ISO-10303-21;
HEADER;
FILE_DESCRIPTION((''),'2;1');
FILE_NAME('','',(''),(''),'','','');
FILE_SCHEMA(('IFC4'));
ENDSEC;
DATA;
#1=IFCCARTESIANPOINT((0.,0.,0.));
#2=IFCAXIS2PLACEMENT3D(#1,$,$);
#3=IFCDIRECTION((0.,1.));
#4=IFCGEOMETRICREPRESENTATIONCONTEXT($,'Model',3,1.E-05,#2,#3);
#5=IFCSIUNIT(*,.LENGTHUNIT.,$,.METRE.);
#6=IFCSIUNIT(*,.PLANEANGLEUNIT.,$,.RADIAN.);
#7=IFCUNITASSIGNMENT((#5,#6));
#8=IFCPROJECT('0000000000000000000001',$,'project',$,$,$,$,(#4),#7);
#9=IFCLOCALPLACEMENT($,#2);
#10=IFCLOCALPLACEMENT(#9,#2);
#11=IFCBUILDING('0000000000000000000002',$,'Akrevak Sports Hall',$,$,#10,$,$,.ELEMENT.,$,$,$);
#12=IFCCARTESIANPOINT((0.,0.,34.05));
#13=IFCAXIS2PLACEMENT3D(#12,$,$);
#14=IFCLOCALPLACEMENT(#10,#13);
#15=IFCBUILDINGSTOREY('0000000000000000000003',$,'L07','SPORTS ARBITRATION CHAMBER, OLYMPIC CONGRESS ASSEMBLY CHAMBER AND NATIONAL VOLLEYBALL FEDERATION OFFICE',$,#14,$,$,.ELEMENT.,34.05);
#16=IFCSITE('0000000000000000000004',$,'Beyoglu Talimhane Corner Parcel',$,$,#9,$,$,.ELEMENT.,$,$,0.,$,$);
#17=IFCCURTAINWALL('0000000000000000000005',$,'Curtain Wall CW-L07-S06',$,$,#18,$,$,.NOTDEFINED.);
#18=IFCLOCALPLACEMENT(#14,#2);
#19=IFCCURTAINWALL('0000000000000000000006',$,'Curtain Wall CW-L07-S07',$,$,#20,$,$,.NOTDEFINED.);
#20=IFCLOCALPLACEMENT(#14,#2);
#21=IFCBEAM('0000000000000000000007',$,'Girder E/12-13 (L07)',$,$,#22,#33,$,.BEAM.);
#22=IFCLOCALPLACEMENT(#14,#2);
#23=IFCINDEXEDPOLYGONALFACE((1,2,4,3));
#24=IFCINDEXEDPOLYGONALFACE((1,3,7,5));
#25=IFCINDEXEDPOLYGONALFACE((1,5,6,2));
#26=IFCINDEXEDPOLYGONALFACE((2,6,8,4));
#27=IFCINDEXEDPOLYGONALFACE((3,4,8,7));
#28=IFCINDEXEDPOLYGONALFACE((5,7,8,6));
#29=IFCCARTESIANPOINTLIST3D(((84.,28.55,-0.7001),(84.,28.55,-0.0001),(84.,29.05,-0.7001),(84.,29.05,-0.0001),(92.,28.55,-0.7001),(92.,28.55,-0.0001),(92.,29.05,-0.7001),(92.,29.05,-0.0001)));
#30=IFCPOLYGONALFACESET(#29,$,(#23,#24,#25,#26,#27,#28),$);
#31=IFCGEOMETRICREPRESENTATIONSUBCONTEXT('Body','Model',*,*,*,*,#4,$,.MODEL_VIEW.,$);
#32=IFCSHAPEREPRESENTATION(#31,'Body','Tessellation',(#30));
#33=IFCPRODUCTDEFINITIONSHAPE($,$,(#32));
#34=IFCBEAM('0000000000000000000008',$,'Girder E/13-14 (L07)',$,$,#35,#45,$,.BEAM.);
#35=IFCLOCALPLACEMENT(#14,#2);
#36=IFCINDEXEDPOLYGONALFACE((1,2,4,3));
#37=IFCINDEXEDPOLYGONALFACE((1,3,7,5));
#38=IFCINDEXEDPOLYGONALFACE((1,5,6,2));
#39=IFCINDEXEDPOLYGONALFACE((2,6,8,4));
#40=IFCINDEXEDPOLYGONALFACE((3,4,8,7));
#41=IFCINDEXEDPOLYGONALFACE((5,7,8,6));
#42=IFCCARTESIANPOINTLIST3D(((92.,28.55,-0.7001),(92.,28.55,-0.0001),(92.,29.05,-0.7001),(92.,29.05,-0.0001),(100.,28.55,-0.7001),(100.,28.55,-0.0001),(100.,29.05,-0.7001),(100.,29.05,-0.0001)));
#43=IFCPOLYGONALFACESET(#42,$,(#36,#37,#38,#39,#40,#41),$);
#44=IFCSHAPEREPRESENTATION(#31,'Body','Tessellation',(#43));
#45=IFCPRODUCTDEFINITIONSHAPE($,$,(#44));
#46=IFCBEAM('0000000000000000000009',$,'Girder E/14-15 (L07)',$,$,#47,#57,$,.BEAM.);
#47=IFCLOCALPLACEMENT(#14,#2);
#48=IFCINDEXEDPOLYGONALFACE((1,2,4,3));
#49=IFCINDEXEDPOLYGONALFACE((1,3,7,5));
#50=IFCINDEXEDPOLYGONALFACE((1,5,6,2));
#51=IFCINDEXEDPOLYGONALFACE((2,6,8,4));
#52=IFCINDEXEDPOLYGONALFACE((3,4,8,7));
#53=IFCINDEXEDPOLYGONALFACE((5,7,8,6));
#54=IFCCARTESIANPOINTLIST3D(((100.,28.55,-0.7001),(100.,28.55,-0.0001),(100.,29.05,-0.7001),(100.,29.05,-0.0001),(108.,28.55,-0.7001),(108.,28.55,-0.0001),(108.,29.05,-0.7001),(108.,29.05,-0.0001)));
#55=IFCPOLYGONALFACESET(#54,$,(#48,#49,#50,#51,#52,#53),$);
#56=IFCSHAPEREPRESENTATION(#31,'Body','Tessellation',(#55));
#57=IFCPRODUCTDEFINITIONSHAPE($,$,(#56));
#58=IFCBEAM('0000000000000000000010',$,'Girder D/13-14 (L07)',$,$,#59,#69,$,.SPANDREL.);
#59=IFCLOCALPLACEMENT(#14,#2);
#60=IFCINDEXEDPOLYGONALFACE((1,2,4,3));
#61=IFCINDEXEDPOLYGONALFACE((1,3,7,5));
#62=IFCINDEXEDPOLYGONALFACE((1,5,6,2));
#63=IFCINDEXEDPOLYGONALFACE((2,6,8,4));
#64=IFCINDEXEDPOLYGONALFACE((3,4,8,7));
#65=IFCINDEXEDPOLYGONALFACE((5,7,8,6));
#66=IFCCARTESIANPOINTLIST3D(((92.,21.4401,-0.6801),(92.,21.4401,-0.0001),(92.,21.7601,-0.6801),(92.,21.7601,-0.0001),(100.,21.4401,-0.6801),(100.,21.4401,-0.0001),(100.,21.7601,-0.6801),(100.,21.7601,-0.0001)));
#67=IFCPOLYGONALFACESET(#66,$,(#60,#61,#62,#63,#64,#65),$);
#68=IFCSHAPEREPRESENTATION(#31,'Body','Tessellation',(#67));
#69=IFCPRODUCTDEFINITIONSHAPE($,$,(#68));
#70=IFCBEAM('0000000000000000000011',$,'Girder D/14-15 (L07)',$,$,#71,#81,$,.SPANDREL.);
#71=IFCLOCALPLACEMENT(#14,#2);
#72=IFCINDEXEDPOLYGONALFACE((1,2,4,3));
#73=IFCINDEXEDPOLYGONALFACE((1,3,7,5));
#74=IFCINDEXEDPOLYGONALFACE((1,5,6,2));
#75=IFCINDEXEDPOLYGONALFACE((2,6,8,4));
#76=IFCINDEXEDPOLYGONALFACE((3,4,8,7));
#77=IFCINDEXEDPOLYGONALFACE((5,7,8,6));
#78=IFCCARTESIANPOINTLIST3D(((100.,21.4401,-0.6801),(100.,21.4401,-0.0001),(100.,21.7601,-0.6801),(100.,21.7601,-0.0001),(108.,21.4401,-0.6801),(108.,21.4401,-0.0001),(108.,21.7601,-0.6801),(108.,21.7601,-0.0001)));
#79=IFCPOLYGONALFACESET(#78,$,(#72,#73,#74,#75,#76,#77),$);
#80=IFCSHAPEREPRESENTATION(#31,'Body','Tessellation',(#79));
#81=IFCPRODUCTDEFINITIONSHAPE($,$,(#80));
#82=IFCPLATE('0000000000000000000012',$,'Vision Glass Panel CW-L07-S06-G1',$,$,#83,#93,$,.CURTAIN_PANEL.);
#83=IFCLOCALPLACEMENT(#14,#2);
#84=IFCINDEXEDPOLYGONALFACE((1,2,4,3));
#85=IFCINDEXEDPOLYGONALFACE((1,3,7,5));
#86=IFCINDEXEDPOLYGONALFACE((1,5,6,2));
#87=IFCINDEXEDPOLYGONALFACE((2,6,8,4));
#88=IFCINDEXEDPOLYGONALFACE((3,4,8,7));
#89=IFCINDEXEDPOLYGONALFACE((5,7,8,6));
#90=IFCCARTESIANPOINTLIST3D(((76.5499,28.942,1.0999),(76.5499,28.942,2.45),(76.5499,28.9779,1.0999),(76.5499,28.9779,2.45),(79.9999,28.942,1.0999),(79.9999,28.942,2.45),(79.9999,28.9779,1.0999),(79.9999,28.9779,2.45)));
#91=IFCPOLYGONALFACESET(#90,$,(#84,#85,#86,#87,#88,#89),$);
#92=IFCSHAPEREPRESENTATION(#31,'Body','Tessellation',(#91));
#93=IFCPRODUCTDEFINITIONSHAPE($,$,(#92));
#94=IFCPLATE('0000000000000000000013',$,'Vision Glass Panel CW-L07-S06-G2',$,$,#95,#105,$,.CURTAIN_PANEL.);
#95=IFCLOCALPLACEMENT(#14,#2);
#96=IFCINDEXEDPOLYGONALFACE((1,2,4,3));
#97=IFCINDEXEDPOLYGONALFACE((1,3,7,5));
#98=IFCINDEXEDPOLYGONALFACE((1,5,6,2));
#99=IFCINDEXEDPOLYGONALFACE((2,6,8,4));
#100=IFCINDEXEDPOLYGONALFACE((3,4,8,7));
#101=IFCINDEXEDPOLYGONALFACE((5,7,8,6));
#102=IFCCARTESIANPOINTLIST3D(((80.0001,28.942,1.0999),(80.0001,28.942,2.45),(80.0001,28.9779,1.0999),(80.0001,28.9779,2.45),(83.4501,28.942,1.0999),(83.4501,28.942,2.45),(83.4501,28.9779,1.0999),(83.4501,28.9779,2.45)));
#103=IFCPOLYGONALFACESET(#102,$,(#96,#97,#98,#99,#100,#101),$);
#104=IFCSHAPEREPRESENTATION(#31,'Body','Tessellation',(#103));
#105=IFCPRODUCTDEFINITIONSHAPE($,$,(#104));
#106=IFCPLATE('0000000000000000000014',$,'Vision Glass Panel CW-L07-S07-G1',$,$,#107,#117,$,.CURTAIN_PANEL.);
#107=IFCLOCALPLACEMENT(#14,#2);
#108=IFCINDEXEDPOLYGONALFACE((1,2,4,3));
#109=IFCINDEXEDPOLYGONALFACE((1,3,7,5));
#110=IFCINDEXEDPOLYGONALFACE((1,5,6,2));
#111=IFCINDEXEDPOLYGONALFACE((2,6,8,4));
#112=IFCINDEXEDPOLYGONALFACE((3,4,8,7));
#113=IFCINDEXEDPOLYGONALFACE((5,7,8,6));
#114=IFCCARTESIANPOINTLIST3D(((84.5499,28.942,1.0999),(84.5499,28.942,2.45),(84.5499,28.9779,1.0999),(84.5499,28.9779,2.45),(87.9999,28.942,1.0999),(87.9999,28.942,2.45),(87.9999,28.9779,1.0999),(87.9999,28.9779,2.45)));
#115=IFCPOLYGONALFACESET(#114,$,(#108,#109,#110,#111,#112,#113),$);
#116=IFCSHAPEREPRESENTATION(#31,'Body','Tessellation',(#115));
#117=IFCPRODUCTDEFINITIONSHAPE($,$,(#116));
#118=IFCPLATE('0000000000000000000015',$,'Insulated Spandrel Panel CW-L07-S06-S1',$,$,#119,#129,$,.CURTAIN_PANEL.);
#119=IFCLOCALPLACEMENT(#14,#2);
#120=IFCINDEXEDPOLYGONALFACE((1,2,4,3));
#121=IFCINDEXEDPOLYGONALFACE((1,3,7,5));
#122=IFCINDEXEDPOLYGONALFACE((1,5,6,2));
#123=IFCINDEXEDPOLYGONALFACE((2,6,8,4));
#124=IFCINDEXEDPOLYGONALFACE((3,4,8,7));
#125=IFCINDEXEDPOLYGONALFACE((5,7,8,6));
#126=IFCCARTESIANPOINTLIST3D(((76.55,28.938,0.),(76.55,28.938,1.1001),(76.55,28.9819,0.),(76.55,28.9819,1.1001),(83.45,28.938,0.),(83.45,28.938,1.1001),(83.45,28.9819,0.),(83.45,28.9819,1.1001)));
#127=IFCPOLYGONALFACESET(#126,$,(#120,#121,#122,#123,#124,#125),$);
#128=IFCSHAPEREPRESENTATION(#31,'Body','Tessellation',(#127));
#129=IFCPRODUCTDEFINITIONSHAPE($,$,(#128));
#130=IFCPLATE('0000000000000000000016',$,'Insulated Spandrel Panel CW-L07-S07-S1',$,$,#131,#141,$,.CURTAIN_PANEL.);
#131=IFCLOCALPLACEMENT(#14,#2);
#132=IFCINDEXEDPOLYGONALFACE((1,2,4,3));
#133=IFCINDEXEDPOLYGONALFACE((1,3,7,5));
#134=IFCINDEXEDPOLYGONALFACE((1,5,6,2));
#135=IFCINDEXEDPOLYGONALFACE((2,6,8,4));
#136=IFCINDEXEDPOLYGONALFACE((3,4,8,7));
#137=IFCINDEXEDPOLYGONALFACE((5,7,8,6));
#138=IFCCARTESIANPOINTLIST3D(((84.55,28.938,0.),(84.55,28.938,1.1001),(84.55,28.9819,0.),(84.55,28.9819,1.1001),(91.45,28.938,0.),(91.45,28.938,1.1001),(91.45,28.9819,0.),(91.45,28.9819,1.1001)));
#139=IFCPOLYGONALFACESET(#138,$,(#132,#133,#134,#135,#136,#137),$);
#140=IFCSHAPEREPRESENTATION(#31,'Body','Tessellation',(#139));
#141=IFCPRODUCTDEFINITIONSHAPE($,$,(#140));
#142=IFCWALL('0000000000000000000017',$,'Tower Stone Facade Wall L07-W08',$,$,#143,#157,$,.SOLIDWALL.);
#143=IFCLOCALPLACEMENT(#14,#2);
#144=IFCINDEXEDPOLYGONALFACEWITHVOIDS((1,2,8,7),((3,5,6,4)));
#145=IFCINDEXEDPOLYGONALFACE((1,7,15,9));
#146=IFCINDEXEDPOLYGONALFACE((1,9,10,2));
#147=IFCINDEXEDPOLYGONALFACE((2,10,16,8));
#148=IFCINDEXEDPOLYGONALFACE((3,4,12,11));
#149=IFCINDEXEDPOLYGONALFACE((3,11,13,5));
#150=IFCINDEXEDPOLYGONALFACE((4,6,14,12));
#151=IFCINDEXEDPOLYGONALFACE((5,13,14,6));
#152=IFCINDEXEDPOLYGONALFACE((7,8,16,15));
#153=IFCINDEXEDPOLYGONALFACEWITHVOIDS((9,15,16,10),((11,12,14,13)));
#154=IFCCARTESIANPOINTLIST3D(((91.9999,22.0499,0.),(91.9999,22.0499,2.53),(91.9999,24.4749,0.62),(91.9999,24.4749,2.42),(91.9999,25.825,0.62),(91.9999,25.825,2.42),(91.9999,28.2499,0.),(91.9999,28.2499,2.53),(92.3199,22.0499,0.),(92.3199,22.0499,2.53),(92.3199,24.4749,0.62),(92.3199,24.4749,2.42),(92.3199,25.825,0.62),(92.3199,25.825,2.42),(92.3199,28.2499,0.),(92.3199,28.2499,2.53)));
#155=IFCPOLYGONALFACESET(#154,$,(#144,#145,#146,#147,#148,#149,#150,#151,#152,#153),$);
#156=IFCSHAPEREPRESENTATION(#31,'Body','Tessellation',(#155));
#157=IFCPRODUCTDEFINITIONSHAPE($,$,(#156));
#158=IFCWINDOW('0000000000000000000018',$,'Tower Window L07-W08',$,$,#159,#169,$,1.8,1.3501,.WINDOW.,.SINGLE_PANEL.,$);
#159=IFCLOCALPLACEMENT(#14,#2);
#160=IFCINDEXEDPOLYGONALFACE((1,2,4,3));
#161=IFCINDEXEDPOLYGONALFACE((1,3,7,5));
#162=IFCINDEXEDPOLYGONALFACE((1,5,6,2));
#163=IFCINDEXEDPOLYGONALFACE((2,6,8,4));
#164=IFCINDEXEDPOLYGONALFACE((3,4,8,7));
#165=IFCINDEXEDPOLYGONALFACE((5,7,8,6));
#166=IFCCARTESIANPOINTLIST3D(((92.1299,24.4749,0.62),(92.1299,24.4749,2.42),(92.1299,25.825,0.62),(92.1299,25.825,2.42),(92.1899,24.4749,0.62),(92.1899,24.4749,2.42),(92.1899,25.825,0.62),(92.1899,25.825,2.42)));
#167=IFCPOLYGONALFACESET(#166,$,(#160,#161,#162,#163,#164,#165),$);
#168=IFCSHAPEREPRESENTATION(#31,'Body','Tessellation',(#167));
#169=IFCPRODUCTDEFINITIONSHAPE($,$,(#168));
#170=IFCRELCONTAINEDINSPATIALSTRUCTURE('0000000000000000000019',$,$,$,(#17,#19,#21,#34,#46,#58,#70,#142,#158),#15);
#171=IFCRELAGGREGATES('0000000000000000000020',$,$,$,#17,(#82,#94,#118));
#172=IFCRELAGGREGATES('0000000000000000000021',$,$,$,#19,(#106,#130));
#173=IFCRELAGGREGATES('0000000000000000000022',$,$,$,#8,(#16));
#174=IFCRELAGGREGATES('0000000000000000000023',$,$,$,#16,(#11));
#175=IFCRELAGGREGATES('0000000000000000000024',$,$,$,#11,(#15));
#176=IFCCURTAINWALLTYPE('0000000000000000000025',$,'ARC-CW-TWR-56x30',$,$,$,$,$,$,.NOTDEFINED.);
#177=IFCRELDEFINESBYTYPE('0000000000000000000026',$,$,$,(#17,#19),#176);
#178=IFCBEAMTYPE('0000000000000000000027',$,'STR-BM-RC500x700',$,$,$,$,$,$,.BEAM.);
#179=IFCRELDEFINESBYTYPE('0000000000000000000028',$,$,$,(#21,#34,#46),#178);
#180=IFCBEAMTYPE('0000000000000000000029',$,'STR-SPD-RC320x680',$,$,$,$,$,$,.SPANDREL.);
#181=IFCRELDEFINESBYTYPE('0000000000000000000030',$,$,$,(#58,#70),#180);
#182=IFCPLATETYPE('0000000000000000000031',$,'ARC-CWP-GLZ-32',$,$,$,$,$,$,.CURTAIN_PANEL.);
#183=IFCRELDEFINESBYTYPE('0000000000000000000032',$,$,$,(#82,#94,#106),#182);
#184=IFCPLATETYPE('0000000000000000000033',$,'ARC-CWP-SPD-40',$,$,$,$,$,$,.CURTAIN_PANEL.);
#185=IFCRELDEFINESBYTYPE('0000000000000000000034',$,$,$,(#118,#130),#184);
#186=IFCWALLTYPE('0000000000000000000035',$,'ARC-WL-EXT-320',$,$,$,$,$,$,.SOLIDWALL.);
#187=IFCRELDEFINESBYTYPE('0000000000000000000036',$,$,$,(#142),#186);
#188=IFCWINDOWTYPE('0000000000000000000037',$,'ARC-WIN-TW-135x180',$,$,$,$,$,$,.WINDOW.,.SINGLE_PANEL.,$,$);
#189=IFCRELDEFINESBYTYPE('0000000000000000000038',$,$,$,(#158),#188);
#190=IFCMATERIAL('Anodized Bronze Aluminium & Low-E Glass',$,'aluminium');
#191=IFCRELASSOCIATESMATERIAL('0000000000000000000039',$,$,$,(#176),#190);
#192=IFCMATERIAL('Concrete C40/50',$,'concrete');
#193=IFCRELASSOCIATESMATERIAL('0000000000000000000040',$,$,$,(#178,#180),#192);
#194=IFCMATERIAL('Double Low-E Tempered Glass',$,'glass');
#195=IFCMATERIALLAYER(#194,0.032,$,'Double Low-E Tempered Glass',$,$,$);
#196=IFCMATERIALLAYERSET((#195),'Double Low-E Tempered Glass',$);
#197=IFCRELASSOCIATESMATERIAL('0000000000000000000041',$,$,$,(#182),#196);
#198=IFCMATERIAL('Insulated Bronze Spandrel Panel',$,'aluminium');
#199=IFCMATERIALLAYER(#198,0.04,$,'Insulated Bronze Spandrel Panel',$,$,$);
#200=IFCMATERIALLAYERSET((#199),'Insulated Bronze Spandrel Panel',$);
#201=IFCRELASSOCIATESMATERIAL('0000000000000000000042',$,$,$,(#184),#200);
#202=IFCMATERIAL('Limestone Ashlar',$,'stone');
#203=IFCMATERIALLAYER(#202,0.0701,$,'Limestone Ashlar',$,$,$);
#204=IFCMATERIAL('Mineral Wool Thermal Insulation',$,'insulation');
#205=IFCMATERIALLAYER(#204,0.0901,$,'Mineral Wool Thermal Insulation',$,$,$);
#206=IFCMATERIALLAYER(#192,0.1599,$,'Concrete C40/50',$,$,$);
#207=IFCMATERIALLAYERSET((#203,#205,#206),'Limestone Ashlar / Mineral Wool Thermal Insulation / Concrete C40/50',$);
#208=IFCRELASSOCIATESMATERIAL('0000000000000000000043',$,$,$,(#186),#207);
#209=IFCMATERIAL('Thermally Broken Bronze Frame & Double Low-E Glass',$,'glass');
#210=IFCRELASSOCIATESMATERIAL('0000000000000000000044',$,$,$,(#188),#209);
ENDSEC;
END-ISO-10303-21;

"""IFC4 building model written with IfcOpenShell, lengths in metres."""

from ifc_helpers import new_model, si_unit, direction, frame, frame_2d, origin, origin_2d, place, context, subcontext, project, spatial, rectangle, extrude, material, layer, layer_set, material_profile, profile_set, type_object, element, fill, aggregate, save


model = new_model("IFC4")

# Units and contexts
model_context = context("Model", 3, precision=1e-05, world=origin(), true_north=direction((0.0, 1.0)))
body_context = subcontext(model_context, "Body", "Model", "MODEL_VIEW")
ifc_project = project(units=[si_unit("LENGTHUNIT", "METRE"), si_unit("PLANEANGLEUNIT", "RADIAN")], contexts=[model_context])

# Site, building, storey
site_placement = place(None, origin())
site = spatial("IfcSite", under=ifc_project, at=site_placement, Name="Beyoglu Talimhane Corner Parcel", CompositionType="ELEMENT", RefElevation=0.0)
building_placement = place(site_placement, origin())
building = spatial("IfcBuilding", under=site, at=building_placement, Name="Akrevak Sports Hall", CompositionType="ELEMENT")
storey_placement = place(building_placement, frame((0.0, 0.0, 34.05)))
storey = spatial("IfcBuildingStorey", under=building, at=storey_placement, Name="L07", Description="SPORTS ARBITRATION CHAMBER, OLYMPIC CONGRESS ASSEMBLY CHAMBER AND NATIONAL VOLLEYBALL FEDERATION OFFICE", CompositionType="ELEMENT", Elevation=34.05)

# Shared definitions
ifc_material_1 = material(Name="Concrete C40/50", Category="concrete")

# Curtain walls
ifc_material_2 = material(Name="Anodized Bronze Aluminium & Low-E Glass", Category="aluminium")
curtain_wall_type = type_object("IfcCurtainWallType", Name="ARC-CW-TWR-56x30", PredefinedType="NOTDEFINED", material=ifc_material_2)
curtain_wall_1_placement = place(storey_placement, origin())
curtain_wall_1 = element("IfcCurtainWall", 1, at=curtain_wall_1_placement, inside=storey, type_object=curtain_wall_type, Name="Curtain Wall CW-L07-S06", PredefinedType="NOTDEFINED")
curtain_wall_2_placement = place(storey_placement, origin())
curtain_wall_2 = element("IfcCurtainWall", 2, at=curtain_wall_2_placement, inside=storey, type_object=curtain_wall_type, Name="Curtain Wall CW-L07-S07", PredefinedType="NOTDEFINED")

# Beams
ifc_material_profile_1 = material_profile(ifc_material_1, rectangle(XDim=0.5, YDim=0.7, at=origin_2d()), Name="BM 500x700", Category="concrete")
ifc_profile_set_1 = profile_set([ifc_material_profile_1], Name="Concrete C40/50")
beam_type_1 = type_object("IfcBeamType", Name="STR-BM-RC500x700", PredefinedType="BEAM", material=ifc_profile_set_1)
for number, where, z_axis, x_axis, name in (
    (3, (84.0, 28.8, -0.3501), (1.0, 0.0, 0.0), (0.0, 1.0, 0.0), "Girder E/12-13 (L07)"),
    (4, (92.0, 28.8, -0.3501), (1.0, 0.0, 0.0), (0.0, 1.0, 0.0), "Girder E/13-14 (L07)"),
    (5, (100.0, 28.8, -0.3501), (1.0, 0.0, 0.0), (0.0, 1.0, 0.0), "Girder E/14-15 (L07)"),
):
    element("IfcBeam", number, at=place(storey_placement, frame(where, z_axis=z_axis, x_axis=x_axis)), inside=storey, type_object=beam_type_1, Name=name, PredefinedType="BEAM", context=body_context, shape_type="SweptSolid", body=[
        extrude(rectangle(XDim=0.5, YDim=0.7, at=origin_2d()), origin(), (0.0, 0.0, 1.0), 8.0),
    ])
ifc_material_profile_2 = material_profile(ifc_material_1, rectangle(XDim=0.3201, YDim=0.6799, at=origin_2d()), Name="SPD 320x680", Category="concrete")
ifc_profile_set_2 = profile_set([ifc_material_profile_2], Name="Concrete C40/50")
beam_type_2 = type_object("IfcBeamType", Name="STR-SPD-RC320x680", PredefinedType="SPANDREL", material=ifc_profile_set_2)
for number, where, z_axis, x_axis, name in (
    (6, (92.0, 21.6001, -0.3401), (1.0, 0.0, 0.0), (0.0, 1.0, 0.0), "Girder D/13-14 (L07)"),
    (7, (100.0, 21.6001, -0.3401), (1.0, 0.0, 0.0), (0.0, 1.0, 0.0), "Girder D/14-15 (L07)"),
):
    element("IfcBeam", number, at=place(storey_placement, frame(where, z_axis=z_axis, x_axis=x_axis)), inside=storey, type_object=beam_type_2, Name=name, PredefinedType="SPANDREL", context=body_context, shape_type="SweptSolid", body=[
        extrude(rectangle(XDim=0.3201, YDim=0.6799, at=origin_2d()), origin(), (0.0, 0.0, 1.0), 8.0),
    ])

# Plates
ifc_material_3 = material(Name="Double Low-E Tempered Glass", Category="glass")
ifc_layer_1 = layer(ifc_material_3, 0.032, Name="Double Low-E Tempered Glass")
ifc_layer_set_1 = layer_set([ifc_layer_1], Name="Double Low-E Tempered Glass")
plate_type_1 = type_object("IfcPlateType", Name="ARC-CWP-GLZ-32", PredefinedType="CURTAIN_PANEL", material=ifc_layer_set_1)
plate_1_placement = place(storey_placement, frame((78.2749, 28.96, 1.0999), z_axis=(0.0, 0.0, 1.0), x_axis=(1.0, 0.0, 0.0)))
plate_1 = element("IfcPlate", 8, at=plate_1_placement, type_object=plate_type_1, Name="Vision Glass Panel CW-L07-S06-G1", PredefinedType="CURTAIN_PANEL", context=body_context, shape_type="SweptSolid", body=[
    extrude(rectangle(XDim=3.45, YDim=0.0359, at=origin_2d()), origin(), (0.0, 0.0, 1.0), 1.3501),
])
plate_2_placement = place(storey_placement, frame((81.7251, 28.96, 1.0999), z_axis=(0.0, 0.0, 1.0), x_axis=(1.0, 0.0, 0.0)))
plate_2 = element("IfcPlate", 9, at=plate_2_placement, type_object=plate_type_1, Name="Vision Glass Panel CW-L07-S06-G2", PredefinedType="CURTAIN_PANEL", context=body_context, shape_type="SweptSolid", body=[
    extrude(rectangle(XDim=3.45, YDim=0.0359, at=origin_2d()), origin(), (0.0, 0.0, 1.0), 1.3501),
])
plate_3_placement = place(storey_placement, frame((86.2749, 28.96, 1.0999), z_axis=(0.0, 0.0, 1.0), x_axis=(1.0, 0.0, 0.0)))
plate_3 = element("IfcPlate", 10, at=plate_3_placement, type_object=plate_type_1, Name="Vision Glass Panel CW-L07-S07-G1", PredefinedType="CURTAIN_PANEL", context=body_context, shape_type="SweptSolid", body=[
    extrude(rectangle(XDim=3.45, YDim=0.0359, at=origin_2d()), origin(), (0.0, 0.0, 1.0), 1.3501),
])
ifc_material_4 = material(Name="Insulated Bronze Spandrel Panel", Category="aluminium")
ifc_layer_2 = layer(ifc_material_4, 0.04, Name="Insulated Bronze Spandrel Panel")
ifc_layer_set_2 = layer_set([ifc_layer_2], Name="Insulated Bronze Spandrel Panel")
plate_type_2 = type_object("IfcPlateType", Name="ARC-CWP-SPD-40", PredefinedType="CURTAIN_PANEL", material=ifc_layer_set_2)
plate_4_placement = place(storey_placement, frame((80.0, 28.96, 0.0), z_axis=(0.0, 0.0, 1.0), x_axis=(1.0, 0.0, 0.0)))
plate_4 = element("IfcPlate", 11, at=plate_4_placement, type_object=plate_type_2, Name="Insulated Spandrel Panel CW-L07-S06-S1", PredefinedType="CURTAIN_PANEL", context=body_context, shape_type="SweptSolid", body=[
    extrude(rectangle(XDim=6.8999, YDim=0.0439, at=origin_2d()), origin(), (0.0, 0.0, 1.0), 1.1001),
])
aggregate(curtain_wall_1, [plate_1, plate_2, plate_4])
plate_5_placement = place(storey_placement, frame((88.0, 28.96, 0.0), z_axis=(0.0, 0.0, 1.0), x_axis=(1.0, 0.0, 0.0)))
plate_5 = element("IfcPlate", 12, at=plate_5_placement, type_object=plate_type_2, Name="Insulated Spandrel Panel CW-L07-S07-S1", PredefinedType="CURTAIN_PANEL", context=body_context, shape_type="SweptSolid", body=[
    extrude(rectangle(XDim=6.8999, YDim=0.0439, at=origin_2d()), origin(), (0.0, 0.0, 1.0), 1.1001),
])
aggregate(curtain_wall_2, [plate_3, plate_5])

# Wall, opening, window
ifc_material_5 = material(Name="Limestone Ashlar", Category="stone")
ifc_layer_3 = layer(ifc_material_5, 0.0701, Name="Limestone Ashlar")
ifc_material_6 = material(Name="Mineral Wool Thermal Insulation", Category="insulation")
ifc_layer_4 = layer(ifc_material_6, 0.0901, Name="Mineral Wool Thermal Insulation")
ifc_layer_5 = layer(ifc_material_1, 0.1599, Name="Concrete C40/50")
ifc_layer_set_3 = layer_set([ifc_layer_3, ifc_layer_4, ifc_layer_5], Name="Limestone Ashlar / Mineral Wool Thermal Insulation / Concrete C40/50")
wall_type = type_object("IfcWallType", Name="ARC-WL-EXT-320", PredefinedType="SOLIDWALL", material=ifc_layer_set_3)
wall_1_placement = place(storey_placement, frame((92.1599, 28.25, 0.0), z_axis=(0.0, 0.0, 1.0), x_axis=(0.0, -1.0, 0.0)))
wall_1 = element("IfcWall", 13, at=wall_1_placement, inside=storey, type_object=wall_type, Name="Tower Stone Facade Wall L07-W08", PredefinedType="SOLIDWALL", context=body_context, shape_type="SweptSolid", body=[
    extrude(rectangle(XDim=6.2, YDim=0.3201, at=frame_2d((3.1001, 0.0))), origin(), (0.0, 0.0, 1.0), 2.53),
])
opening_1_placement = place(wall_1_placement, frame((2.425, 0.0, 0.6201)))
opening_1 = element("IfcOpeningElement", 14, at=opening_1_placement, cuts=wall_1, PredefinedType="OPENING", context=body_context, shape_type="SweptSolid", body=[
    extrude(rectangle(XDim=1.3501, YDim=1.8, at=frame_2d((0.675, 0.8999))), frame((0.0, 0.1719, 0.0), z_axis=(0.0, -1.0, 0.0), x_axis=(1.0, 0.0, 0.0)), (0.0, 0.0, 1.0), 0.344),
])
ifc_material_7 = material(Name="Thermally Broken Bronze Frame & Double Low-E Glass", Category="glass")
window_type_1 = type_object("IfcWindowType", Name="ARC-WIN-TW-135x180", PartitioningType="SINGLE_PANEL", PredefinedType="WINDOW", material=ifc_material_7)
window_1_placement = place(opening_1_placement, origin())
window_1 = element("IfcWindow", 15, at=window_1_placement, inside=storey, type_object=window_type_1, Name="Tower Window L07-W08", OverallHeight=1.8, OverallWidth=1.3501, PartitioningType="SINGLE_PANEL", PredefinedType="WINDOW", context=body_context, shape_type="SweptSolid", body=[
    extrude(rectangle(XDim=1.3501, YDim=1.8, at=frame_2d((0.675, 0.8999))), frame((0.0, 0.03, 0.0), z_axis=(0.0, -1.0, 0.0), x_axis=(1.0, 0.0, 0.0)), (0.0, 0.0, 1.0), 0.0601),
])
fill(opening_1, window_1)

save(model, "model.ifc")
